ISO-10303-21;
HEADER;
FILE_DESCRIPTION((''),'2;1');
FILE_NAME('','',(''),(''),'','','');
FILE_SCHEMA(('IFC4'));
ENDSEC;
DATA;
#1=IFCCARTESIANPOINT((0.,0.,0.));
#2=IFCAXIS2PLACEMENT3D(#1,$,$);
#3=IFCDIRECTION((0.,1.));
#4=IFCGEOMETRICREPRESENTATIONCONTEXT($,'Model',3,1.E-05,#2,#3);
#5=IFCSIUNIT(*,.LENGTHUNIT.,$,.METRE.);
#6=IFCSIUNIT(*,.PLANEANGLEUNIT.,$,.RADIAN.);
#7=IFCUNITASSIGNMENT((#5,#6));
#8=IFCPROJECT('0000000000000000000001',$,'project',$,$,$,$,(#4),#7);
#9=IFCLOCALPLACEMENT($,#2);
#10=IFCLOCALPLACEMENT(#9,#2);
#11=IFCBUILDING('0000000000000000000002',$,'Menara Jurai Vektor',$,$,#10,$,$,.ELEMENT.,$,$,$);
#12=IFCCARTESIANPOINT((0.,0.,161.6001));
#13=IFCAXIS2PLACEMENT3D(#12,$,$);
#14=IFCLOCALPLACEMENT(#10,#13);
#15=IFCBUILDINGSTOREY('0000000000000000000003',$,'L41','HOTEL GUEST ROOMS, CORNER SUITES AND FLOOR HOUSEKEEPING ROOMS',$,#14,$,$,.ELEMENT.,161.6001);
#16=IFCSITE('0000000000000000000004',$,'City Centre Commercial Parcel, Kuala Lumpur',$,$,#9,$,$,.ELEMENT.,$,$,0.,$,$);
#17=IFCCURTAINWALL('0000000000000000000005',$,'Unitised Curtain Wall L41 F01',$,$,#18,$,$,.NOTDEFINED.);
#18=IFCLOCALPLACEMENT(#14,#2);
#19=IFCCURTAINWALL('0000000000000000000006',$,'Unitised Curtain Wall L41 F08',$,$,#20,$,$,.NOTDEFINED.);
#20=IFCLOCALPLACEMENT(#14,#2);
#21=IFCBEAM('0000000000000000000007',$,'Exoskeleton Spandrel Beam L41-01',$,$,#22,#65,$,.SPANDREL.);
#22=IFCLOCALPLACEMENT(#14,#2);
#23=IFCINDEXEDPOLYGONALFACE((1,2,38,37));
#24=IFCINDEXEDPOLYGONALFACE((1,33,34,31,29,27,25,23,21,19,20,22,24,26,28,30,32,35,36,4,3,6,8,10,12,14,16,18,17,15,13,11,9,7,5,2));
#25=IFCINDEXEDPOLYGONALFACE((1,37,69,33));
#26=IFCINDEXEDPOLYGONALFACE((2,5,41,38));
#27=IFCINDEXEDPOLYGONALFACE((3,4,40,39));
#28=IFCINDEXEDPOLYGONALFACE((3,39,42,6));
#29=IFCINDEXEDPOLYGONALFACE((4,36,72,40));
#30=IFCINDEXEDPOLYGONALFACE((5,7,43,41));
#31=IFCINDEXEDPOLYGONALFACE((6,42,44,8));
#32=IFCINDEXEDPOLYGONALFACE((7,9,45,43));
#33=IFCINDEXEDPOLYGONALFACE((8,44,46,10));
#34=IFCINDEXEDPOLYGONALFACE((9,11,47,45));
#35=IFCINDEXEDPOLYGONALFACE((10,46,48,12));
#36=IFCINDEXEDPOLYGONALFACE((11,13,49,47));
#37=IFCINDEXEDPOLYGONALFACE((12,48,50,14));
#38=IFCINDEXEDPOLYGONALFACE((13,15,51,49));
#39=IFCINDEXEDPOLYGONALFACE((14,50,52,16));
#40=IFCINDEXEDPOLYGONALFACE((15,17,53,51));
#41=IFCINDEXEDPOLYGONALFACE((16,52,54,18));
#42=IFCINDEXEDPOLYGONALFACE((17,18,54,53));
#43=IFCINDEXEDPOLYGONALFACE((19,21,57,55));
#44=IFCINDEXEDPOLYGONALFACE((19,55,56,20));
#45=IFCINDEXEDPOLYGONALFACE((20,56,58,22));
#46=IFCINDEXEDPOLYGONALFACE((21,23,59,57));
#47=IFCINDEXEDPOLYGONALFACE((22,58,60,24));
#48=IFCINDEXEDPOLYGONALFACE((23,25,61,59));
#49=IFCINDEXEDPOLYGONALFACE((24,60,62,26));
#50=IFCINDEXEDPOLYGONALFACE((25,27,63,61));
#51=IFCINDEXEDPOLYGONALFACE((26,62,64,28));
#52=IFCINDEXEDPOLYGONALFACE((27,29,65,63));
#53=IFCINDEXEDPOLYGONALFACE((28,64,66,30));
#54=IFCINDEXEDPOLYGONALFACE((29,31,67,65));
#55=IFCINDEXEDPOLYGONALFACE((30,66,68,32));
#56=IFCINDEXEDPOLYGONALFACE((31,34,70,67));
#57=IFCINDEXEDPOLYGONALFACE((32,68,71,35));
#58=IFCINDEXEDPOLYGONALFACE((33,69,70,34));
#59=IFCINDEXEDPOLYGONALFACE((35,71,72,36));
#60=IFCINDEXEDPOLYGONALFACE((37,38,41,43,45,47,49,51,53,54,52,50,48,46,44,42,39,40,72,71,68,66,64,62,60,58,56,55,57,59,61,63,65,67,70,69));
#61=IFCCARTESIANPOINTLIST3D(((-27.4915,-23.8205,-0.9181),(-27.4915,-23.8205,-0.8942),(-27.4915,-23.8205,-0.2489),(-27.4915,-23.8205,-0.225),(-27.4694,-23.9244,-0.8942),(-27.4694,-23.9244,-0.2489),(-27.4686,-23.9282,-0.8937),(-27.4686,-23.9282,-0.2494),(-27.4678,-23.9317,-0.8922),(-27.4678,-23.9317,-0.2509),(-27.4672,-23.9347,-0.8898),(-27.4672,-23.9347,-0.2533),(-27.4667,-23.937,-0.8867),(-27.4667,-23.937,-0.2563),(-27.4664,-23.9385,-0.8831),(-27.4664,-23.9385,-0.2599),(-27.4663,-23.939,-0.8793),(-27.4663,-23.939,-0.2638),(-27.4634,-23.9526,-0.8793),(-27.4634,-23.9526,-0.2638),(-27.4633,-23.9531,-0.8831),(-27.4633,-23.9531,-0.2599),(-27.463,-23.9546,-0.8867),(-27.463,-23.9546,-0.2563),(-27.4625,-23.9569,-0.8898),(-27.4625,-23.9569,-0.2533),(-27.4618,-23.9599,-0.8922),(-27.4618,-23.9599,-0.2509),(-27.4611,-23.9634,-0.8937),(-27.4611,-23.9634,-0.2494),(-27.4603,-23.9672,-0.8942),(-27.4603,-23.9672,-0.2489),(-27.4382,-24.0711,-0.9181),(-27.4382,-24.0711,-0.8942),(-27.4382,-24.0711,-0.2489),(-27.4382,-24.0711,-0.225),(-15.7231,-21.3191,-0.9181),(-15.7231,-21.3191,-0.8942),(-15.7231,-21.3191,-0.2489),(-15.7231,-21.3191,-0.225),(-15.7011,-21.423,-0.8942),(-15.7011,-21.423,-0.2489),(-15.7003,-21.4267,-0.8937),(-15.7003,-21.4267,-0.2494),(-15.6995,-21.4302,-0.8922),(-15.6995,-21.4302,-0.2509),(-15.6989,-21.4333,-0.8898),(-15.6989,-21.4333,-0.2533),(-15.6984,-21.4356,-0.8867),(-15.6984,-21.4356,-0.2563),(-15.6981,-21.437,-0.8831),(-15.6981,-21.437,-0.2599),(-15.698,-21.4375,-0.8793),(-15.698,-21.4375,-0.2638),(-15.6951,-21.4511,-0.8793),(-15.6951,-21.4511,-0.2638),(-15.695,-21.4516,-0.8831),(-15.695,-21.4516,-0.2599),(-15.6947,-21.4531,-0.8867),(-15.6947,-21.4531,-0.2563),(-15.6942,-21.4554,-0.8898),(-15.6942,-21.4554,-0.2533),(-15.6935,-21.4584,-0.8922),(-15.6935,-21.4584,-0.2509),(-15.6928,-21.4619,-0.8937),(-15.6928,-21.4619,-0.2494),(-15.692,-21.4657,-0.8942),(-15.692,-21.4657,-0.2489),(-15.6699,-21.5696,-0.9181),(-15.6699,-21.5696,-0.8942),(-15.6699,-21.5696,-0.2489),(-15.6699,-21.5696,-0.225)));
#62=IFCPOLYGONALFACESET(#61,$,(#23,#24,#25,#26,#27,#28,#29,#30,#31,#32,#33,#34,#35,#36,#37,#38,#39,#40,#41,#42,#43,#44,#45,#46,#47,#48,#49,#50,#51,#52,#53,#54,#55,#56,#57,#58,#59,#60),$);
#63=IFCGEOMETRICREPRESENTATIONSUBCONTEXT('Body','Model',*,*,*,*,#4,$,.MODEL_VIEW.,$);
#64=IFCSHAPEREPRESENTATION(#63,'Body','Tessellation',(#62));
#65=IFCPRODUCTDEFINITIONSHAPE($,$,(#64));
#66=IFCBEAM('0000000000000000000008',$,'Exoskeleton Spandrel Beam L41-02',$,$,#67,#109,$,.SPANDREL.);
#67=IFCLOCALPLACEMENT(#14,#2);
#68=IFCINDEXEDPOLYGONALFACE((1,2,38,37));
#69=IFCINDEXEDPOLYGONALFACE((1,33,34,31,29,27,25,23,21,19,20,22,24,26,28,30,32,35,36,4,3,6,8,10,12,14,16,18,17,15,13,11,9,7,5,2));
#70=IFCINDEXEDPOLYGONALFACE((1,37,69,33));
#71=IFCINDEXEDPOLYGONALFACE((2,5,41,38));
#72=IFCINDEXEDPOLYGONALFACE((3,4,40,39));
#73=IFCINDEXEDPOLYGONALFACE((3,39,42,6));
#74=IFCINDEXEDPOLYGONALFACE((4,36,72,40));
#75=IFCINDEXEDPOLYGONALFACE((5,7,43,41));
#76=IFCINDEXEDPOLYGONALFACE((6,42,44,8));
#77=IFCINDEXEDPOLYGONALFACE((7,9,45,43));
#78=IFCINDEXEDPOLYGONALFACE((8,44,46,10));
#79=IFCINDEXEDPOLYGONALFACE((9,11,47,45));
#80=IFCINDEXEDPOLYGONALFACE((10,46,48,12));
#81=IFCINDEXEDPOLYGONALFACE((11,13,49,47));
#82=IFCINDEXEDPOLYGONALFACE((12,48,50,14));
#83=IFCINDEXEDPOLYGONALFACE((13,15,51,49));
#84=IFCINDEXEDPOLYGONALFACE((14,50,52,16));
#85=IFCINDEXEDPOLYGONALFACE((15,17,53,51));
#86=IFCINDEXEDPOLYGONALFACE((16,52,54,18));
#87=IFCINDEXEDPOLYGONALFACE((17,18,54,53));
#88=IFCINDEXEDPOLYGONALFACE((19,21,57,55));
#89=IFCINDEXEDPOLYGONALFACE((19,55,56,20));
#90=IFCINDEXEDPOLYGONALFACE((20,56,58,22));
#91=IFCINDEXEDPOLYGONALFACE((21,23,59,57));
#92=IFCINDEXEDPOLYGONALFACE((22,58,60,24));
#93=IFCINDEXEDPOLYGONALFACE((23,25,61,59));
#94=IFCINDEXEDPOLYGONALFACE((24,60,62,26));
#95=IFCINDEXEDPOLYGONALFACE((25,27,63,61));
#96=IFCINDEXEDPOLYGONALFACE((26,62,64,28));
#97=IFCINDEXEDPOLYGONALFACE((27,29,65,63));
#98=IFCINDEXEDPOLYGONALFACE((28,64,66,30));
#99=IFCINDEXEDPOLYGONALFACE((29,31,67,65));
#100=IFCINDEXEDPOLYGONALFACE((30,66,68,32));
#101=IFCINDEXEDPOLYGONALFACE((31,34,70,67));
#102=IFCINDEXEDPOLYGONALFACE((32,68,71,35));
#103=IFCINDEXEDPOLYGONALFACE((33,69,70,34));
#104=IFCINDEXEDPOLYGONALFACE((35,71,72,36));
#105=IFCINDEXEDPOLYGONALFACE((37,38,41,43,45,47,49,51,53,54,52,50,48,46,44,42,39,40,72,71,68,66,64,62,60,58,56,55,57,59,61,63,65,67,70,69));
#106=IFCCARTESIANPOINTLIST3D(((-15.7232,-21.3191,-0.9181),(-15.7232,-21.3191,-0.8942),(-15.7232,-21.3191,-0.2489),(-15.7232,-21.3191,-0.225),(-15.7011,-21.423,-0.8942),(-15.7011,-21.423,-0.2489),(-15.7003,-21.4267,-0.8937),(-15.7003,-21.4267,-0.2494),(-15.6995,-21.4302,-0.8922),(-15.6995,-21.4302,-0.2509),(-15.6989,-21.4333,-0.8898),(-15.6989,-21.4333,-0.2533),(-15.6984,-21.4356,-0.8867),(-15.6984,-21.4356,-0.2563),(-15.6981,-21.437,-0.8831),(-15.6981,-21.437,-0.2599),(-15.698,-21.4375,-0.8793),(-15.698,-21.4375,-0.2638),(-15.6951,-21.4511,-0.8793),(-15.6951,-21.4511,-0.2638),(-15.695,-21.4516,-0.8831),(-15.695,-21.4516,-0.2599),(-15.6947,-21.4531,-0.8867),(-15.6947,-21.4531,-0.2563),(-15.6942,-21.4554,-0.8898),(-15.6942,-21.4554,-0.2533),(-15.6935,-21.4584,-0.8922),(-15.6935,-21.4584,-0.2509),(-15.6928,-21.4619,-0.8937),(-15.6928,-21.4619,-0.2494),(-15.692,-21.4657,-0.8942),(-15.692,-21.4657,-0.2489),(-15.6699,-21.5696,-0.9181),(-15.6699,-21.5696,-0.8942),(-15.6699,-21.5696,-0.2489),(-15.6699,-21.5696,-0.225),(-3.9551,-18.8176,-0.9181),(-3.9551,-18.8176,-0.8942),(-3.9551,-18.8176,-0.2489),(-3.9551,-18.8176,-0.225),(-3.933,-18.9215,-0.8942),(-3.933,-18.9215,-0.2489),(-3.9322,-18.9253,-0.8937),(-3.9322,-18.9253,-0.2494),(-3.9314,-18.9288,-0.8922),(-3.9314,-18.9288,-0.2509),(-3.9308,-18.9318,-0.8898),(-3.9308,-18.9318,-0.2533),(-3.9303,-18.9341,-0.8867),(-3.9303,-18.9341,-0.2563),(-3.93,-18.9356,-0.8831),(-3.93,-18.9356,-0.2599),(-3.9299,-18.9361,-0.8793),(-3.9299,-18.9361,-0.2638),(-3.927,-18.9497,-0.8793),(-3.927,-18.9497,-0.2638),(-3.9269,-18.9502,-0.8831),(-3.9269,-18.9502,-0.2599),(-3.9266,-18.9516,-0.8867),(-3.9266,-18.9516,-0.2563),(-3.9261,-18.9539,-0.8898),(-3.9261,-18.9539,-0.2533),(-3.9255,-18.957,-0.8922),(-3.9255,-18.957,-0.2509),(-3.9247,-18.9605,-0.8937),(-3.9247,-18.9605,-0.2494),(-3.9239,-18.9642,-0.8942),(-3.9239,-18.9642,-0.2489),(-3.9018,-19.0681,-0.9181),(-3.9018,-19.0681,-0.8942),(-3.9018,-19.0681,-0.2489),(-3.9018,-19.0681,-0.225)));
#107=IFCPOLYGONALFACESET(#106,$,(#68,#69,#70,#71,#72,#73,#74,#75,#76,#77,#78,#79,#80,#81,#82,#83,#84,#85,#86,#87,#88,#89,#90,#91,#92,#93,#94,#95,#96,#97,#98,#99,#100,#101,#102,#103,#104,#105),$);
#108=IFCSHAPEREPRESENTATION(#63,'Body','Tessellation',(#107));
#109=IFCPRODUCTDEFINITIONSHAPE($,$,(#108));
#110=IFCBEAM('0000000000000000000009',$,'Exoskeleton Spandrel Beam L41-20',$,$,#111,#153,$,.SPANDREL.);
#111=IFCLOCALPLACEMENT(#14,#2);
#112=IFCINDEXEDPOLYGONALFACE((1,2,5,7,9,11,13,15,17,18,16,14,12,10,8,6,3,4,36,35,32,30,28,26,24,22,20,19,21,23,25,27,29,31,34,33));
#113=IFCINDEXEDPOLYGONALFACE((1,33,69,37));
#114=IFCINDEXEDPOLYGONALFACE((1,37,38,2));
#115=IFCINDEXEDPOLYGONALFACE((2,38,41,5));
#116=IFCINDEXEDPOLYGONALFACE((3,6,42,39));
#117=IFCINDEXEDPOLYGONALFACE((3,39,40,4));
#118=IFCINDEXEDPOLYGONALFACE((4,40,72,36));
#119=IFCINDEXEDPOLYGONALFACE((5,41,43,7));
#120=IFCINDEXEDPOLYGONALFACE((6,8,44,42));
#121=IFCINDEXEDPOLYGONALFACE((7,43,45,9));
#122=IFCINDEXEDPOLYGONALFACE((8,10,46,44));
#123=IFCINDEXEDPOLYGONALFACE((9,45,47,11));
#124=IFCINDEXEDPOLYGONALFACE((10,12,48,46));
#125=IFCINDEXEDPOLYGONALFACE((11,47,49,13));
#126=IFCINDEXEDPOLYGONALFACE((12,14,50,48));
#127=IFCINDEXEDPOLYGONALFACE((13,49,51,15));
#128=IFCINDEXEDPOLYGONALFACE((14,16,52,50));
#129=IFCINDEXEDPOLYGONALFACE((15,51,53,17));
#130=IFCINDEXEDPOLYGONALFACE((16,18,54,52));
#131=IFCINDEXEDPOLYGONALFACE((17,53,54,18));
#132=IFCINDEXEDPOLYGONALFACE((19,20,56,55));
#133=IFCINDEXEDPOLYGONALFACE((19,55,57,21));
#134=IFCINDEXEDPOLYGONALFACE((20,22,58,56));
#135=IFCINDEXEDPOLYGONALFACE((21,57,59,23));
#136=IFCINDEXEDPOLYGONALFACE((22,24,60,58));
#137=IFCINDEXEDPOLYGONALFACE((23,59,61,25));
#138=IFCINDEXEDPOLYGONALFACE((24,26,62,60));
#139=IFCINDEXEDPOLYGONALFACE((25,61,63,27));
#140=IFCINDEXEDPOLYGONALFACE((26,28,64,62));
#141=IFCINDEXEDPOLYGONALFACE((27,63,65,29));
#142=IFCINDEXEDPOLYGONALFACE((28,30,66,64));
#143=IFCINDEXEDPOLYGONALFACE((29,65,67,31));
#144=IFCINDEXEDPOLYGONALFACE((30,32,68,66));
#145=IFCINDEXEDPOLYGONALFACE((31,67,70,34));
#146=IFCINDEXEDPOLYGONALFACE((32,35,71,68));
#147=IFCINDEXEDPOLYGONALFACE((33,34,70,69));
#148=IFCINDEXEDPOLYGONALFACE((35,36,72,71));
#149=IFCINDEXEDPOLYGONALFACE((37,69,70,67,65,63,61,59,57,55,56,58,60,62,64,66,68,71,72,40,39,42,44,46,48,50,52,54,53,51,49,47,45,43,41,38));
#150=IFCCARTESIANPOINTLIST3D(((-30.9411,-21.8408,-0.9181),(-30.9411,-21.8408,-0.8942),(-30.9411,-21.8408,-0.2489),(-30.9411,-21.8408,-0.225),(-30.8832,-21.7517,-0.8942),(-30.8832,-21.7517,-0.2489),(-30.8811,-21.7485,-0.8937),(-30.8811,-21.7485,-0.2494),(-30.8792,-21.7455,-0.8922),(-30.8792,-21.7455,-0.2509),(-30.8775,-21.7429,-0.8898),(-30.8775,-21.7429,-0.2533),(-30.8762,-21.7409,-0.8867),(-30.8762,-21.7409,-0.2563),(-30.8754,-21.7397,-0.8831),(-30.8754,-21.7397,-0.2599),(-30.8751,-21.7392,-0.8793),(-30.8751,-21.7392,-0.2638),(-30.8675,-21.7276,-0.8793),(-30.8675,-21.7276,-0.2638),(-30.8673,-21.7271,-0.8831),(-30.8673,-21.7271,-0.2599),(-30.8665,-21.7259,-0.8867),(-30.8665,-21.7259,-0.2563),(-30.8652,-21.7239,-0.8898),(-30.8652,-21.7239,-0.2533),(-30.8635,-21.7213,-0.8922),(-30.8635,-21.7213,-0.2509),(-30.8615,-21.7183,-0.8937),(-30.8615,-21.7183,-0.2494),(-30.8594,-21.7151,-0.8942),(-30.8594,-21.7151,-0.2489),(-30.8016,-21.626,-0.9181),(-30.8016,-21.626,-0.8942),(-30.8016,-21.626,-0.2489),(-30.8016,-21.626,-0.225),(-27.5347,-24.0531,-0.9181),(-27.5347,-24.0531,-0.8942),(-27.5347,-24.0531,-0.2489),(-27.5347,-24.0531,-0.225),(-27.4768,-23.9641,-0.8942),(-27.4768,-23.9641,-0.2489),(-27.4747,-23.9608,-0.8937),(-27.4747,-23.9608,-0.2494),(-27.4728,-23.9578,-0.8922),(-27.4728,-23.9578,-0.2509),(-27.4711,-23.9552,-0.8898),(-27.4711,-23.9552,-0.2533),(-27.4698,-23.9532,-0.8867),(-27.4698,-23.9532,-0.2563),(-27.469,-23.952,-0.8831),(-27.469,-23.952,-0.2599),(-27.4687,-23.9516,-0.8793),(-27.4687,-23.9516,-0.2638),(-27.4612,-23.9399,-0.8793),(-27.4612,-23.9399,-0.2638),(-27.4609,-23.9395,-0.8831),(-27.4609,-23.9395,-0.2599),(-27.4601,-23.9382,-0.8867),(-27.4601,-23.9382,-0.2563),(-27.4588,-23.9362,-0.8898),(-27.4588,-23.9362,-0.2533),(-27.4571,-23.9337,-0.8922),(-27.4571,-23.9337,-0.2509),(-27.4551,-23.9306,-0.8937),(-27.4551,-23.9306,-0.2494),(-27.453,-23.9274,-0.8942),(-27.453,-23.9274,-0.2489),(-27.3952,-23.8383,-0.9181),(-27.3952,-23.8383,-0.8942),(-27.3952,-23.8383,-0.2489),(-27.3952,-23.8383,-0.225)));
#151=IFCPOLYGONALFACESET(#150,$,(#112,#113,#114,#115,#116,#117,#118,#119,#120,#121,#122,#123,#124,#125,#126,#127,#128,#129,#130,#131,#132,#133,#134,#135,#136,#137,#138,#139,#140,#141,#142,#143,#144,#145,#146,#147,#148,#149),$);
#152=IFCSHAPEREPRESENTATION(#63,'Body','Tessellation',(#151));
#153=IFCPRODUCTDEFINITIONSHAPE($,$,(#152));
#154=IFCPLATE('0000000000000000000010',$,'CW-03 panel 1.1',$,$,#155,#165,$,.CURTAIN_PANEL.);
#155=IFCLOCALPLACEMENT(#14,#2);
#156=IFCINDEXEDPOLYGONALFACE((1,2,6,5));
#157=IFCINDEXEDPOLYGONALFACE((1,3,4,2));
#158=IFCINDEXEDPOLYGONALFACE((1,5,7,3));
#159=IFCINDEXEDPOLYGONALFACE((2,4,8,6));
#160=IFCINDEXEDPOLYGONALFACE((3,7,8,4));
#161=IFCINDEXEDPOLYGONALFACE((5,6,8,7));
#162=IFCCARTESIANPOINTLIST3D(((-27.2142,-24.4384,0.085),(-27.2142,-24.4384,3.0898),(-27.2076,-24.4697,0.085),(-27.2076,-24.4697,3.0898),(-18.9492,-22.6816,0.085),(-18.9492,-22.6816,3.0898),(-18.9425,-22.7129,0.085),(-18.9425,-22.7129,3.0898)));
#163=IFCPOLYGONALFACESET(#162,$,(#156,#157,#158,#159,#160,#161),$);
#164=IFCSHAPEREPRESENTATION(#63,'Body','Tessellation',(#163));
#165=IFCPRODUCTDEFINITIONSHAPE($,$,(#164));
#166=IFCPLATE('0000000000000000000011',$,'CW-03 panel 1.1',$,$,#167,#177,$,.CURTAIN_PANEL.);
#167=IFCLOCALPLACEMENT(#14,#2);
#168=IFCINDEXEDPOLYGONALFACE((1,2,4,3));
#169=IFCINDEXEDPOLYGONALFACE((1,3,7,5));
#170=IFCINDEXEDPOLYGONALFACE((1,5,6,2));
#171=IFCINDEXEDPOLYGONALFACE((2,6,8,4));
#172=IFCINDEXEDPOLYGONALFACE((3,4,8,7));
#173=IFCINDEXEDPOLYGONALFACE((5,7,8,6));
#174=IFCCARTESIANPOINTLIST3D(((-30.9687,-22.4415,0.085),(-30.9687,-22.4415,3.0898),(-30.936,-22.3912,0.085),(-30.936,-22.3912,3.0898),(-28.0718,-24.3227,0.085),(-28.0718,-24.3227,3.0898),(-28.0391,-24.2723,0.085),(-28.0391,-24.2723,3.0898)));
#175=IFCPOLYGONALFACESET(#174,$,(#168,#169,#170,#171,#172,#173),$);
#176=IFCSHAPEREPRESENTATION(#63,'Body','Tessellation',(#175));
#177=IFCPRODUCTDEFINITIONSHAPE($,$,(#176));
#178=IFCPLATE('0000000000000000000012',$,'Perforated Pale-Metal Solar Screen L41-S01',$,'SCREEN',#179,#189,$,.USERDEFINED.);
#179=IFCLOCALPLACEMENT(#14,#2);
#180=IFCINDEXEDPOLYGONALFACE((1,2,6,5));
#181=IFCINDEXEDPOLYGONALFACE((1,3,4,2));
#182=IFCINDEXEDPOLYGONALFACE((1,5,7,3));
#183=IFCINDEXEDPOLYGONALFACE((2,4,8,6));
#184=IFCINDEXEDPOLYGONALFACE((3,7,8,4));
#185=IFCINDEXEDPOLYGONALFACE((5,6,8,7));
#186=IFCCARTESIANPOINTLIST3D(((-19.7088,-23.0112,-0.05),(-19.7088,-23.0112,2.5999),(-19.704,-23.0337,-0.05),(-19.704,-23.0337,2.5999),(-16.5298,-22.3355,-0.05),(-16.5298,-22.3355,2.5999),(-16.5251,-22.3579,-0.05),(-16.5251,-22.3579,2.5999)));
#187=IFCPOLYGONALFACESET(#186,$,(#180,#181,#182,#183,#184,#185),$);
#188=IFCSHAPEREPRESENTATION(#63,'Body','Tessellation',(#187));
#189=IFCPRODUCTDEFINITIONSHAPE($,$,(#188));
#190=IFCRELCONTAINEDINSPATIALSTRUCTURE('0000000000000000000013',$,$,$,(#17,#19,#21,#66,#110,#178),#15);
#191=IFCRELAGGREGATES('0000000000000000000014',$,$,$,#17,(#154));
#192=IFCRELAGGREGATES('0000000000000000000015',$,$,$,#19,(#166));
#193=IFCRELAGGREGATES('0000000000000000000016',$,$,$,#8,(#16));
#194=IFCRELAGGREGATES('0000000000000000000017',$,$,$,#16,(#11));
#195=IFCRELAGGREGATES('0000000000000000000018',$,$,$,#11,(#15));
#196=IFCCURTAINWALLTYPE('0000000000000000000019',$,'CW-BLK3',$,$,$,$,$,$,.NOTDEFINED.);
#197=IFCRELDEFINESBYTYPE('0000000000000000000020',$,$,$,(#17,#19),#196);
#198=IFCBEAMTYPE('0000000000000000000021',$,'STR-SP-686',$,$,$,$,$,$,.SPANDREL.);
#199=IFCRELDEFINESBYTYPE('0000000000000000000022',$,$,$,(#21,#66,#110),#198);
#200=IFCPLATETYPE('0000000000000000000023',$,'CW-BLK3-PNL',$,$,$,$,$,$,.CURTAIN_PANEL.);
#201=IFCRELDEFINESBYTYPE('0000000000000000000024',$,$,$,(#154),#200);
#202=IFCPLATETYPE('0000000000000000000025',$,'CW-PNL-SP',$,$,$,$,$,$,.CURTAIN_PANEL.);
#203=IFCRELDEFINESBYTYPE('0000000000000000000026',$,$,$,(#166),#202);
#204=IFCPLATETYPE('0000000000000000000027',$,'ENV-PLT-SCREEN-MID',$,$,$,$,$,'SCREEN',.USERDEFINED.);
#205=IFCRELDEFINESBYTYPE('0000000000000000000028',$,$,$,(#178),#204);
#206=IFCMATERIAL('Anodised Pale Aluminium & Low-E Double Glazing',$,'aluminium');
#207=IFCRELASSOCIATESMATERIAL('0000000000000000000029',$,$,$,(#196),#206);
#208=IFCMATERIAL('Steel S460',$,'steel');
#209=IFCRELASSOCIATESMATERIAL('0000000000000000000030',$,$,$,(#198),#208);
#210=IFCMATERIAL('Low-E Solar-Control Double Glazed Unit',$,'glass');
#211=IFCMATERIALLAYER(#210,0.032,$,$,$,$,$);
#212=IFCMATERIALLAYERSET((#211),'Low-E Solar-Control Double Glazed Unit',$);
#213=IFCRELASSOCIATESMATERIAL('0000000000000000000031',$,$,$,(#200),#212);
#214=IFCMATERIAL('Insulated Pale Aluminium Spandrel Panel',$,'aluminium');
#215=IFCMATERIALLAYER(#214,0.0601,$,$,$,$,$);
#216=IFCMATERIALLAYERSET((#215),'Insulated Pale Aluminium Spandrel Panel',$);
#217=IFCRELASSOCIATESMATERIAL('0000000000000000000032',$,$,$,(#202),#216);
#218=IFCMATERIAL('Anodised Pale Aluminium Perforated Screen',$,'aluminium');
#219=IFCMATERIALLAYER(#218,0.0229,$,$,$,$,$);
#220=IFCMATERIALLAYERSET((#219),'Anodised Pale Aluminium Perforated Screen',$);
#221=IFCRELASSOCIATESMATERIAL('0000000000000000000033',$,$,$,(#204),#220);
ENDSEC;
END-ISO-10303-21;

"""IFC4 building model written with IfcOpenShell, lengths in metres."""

from ifc_helpers import new_model, si_unit, direction, frame, origin, origin_2d, place, context, subcontext, project, spatial, rectangle, i_section, extrude, material, layer, layer_set, material_profile, profile_set, type_object, element, aggregate, save


model = new_model("IFC4")

# Units and contexts
model_context = context("Model", 3, precision=1e-05, world=origin(), true_north=direction((0.0, 1.0)))
body_context = subcontext(model_context, "Body", "Model", "MODEL_VIEW")
ifc_project = project(units=[si_unit("LENGTHUNIT", "METRE"), si_unit("PLANEANGLEUNIT", "RADIAN")], contexts=[model_context])

# Site, building, storey
site_placement = place(None, origin())
site = spatial("IfcSite", under=ifc_project, at=site_placement, Name="City Centre Commercial Parcel, Kuala Lumpur", CompositionType="ELEMENT", RefElevation=0.0)
building_placement = place(site_placement, origin())
building = spatial("IfcBuilding", under=site, at=building_placement, Name="Menara Jurai Vektor", CompositionType="ELEMENT")
storey_placement = place(building_placement, frame((0.0, 0.0, 161.6001)))
storey = spatial("IfcBuildingStorey", under=building, at=storey_placement, Name="L41", Description="HOTEL GUEST ROOMS, CORNER SUITES AND FLOOR HOUSEKEEPING ROOMS", CompositionType="ELEMENT", Elevation=161.6001)

# Shared definitions
ifc_material_1 = material(Name="Steel S460", Category="steel")

# Curtain wall
ifc_material_2 = material(Name="Anodised Pale Aluminium & Low-E Double Glazing", Category="aluminium")
curtain_wall_type = type_object("IfcCurtainWallType", Name="CW-BLK3", PredefinedType="NOTDEFINED", material=ifc_material_2)
curtain_wall_1_placement = place(storey_placement, origin())
curtain_wall_1 = element("IfcCurtainWall", 1, at=curtain_wall_1_placement, inside=storey, type_object=curtain_wall_type, Name="Unitised Curtain Wall L41 F01", PredefinedType="NOTDEFINED")

# Curtain wall
curtain_wall_2_placement = place(storey_placement, origin())
curtain_wall_2 = element("IfcCurtainWall", 2, at=curtain_wall_2_placement, inside=storey, type_object=curtain_wall_type, Name="Unitised Curtain Wall L41 F08", PredefinedType="NOTDEFINED")

# Beams
ifc_material_profile_1 = material_profile(ifc_material_1, i_section(OverallWidth=0.2561, OverallDepth=0.6931, WebThickness=0.0139, FlangeThickness=0.0239, FilletRadius=0.0149, at=origin_2d()), Name="UKB 686x254x170")
ifc_profile_set_1 = profile_set([ifc_material_profile_1], Name="Steel S460")
beam_type_1 = type_object("IfcBeamType", Name="STR-SP-686", PredefinedType="SPANDREL", material=ifc_profile_set_1)
beam_1_placement = place(storey_placement, frame((-27.4648, -23.9458, -0.5715), z_axis=(0.978147, 0.207914, 0.0), x_axis=(-0.207914, 0.978147, 0.0)))
element("IfcBeam", 3, at=beam_1_placement, inside=storey, type_object=beam_type_1, Name="Exoskeleton Spandrel Beam L41-01", PredefinedType="SPANDREL", context=body_context, shape_type="SweptSolid", body=[
    extrude(i_section(OverallWidth=0.2561, OverallDepth=0.6931, WebThickness=0.0139, FlangeThickness=0.0239, FilletRadius=0.0149, at=origin_2d()), origin(), (0.0, 0.0, 1.0), 12.0312),
])
beam_2_placement = place(storey_placement, frame((-15.6965, -21.4443, -0.5715), z_axis=(0.978146, 0.207918, 0.0), x_axis=(-0.207918, 0.978146, 0.0)))
element("IfcBeam", 4, at=beam_2_placement, inside=storey, type_object=beam_type_1, Name="Exoskeleton Spandrel Beam L41-02", PredefinedType="SPANDREL", context=body_context, shape_type="SweptSolid", body=[
    extrude(i_section(OverallWidth=0.2561, OverallDepth=0.6931, WebThickness=0.0139, FlangeThickness=0.0239, FilletRadius=0.0149, at=origin_2d()), origin(), (0.0, 0.0, 1.0), 12.031),
])
beam_3_placement = place(storey_placement, frame((-30.8713, -21.7334, -0.5715), z_axis=(0.838648, -0.544674, 0.0), x_axis=(0.544674, 0.838648, 0.0)))
element("IfcBeam", 5, at=beam_3_placement, inside=storey, type_object=beam_type_1, Name="Exoskeleton Spandrel Beam L41-20", PredefinedType="SPANDREL", context=body_context, shape_type="SweptSolid", body=[
    extrude(i_section(OverallWidth=0.2561, OverallDepth=0.6931, WebThickness=0.0139, FlangeThickness=0.0239, FilletRadius=0.0149, at=origin_2d()), origin(), (0.0, 0.0, 1.0), 4.0618),
])

# Plates
ifc_material_3 = material(Name="Low-E Solar-Control Double Glazed Unit", Category="glass")
ifc_layer_1 = layer(ifc_material_3, 0.032)
ifc_layer_set_1 = layer_set([ifc_layer_1], Name="Low-E Solar-Control Double Glazed Unit")
plate_type_1 = type_object("IfcPlateType", Name="CW-BLK3-PNL", PredefinedType="CURTAIN_PANEL", material=ifc_layer_set_1)
plate_1_placement = place(storey_placement, frame((-23.0784, -23.5757, 0.085), z_axis=(0.0, 0.0, 1.0), x_axis=(0.978148, 0.207911, 0.0)))
plate_1 = element("IfcPlate", 6, at=plate_1_placement, type_object=plate_type_1, Name="CW-03 panel 1.1", PredefinedType="CURTAIN_PANEL", context=body_context, shape_type="SweptSolid", body=[
    extrude(rectangle(XDim=8.4497, YDim=0.032, at=origin_2d()), origin(), (0.0, 0.0, 1.0), 3.0049),
])
aggregate(curtain_wall_1, [plate_1])
ifc_material_4 = material(Name="Insulated Pale Aluminium Spandrel Panel", Category="aluminium")
ifc_layer_2 = layer(ifc_material_4, 0.0601)
ifc_layer_set_2 = layer_set([ifc_layer_2], Name="Insulated Pale Aluminium Spandrel Panel")
plate_type_2 = type_object("IfcPlateType", Name="CW-PNL-SP", PredefinedType="CURTAIN_PANEL", material=ifc_layer_set_2)
plate_2_placement = place(storey_placement, frame((-29.5039, -23.3569, 0.085), z_axis=(0.0, 0.0, 1.0), x_axis=(0.838684, -0.544618, 0.0)))
plate_2 = element("IfcPlate", 7, at=plate_2_placement, type_object=plate_type_2, Name="CW-03 panel 1.1", PredefinedType="CURTAIN_PANEL", context=body_context, shape_type="SweptSolid", body=[
    extrude(rectangle(XDim=3.4541, YDim=0.0601, at=origin_2d()), origin(), (0.0, 0.0, 1.0), 3.0049),
])
aggregate(curtain_wall_2, [plate_2])
ifc_material_5 = material(Name="Anodised Pale Aluminium Perforated Screen", Category="aluminium")
ifc_layer_3 = layer(ifc_material_5, 0.0229)
ifc_layer_set_3 = layer_set([ifc_layer_3], Name="Anodised Pale Aluminium Perforated Screen")
plate_type_3 = type_object("IfcPlateType", Name="ENV-PLT-SCREEN-MID", ElementType="SCREEN", PredefinedType="USERDEFINED", material=ifc_layer_set_3)
plate_3_placement = place(storey_placement, frame((-18.1169, -22.6846, -0.05), z_axis=(0.0, 0.0, 1.0), x_axis=(0.978148, 0.207912, 0.0)))
element("IfcPlate", 8, at=plate_3_placement, inside=storey, type_object=plate_type_3, Name="Perforated Pale-Metal Solar Screen L41-S01", ObjectType="SCREEN", PredefinedType="USERDEFINED", context=body_context, shape_type="SweptSolid", body=[
    extrude(rectangle(XDim=3.25, YDim=0.0229, at=origin_2d()), origin(), (0.0, 0.0, 1.0), 2.6499),
])

save(model, "model.ifc")
